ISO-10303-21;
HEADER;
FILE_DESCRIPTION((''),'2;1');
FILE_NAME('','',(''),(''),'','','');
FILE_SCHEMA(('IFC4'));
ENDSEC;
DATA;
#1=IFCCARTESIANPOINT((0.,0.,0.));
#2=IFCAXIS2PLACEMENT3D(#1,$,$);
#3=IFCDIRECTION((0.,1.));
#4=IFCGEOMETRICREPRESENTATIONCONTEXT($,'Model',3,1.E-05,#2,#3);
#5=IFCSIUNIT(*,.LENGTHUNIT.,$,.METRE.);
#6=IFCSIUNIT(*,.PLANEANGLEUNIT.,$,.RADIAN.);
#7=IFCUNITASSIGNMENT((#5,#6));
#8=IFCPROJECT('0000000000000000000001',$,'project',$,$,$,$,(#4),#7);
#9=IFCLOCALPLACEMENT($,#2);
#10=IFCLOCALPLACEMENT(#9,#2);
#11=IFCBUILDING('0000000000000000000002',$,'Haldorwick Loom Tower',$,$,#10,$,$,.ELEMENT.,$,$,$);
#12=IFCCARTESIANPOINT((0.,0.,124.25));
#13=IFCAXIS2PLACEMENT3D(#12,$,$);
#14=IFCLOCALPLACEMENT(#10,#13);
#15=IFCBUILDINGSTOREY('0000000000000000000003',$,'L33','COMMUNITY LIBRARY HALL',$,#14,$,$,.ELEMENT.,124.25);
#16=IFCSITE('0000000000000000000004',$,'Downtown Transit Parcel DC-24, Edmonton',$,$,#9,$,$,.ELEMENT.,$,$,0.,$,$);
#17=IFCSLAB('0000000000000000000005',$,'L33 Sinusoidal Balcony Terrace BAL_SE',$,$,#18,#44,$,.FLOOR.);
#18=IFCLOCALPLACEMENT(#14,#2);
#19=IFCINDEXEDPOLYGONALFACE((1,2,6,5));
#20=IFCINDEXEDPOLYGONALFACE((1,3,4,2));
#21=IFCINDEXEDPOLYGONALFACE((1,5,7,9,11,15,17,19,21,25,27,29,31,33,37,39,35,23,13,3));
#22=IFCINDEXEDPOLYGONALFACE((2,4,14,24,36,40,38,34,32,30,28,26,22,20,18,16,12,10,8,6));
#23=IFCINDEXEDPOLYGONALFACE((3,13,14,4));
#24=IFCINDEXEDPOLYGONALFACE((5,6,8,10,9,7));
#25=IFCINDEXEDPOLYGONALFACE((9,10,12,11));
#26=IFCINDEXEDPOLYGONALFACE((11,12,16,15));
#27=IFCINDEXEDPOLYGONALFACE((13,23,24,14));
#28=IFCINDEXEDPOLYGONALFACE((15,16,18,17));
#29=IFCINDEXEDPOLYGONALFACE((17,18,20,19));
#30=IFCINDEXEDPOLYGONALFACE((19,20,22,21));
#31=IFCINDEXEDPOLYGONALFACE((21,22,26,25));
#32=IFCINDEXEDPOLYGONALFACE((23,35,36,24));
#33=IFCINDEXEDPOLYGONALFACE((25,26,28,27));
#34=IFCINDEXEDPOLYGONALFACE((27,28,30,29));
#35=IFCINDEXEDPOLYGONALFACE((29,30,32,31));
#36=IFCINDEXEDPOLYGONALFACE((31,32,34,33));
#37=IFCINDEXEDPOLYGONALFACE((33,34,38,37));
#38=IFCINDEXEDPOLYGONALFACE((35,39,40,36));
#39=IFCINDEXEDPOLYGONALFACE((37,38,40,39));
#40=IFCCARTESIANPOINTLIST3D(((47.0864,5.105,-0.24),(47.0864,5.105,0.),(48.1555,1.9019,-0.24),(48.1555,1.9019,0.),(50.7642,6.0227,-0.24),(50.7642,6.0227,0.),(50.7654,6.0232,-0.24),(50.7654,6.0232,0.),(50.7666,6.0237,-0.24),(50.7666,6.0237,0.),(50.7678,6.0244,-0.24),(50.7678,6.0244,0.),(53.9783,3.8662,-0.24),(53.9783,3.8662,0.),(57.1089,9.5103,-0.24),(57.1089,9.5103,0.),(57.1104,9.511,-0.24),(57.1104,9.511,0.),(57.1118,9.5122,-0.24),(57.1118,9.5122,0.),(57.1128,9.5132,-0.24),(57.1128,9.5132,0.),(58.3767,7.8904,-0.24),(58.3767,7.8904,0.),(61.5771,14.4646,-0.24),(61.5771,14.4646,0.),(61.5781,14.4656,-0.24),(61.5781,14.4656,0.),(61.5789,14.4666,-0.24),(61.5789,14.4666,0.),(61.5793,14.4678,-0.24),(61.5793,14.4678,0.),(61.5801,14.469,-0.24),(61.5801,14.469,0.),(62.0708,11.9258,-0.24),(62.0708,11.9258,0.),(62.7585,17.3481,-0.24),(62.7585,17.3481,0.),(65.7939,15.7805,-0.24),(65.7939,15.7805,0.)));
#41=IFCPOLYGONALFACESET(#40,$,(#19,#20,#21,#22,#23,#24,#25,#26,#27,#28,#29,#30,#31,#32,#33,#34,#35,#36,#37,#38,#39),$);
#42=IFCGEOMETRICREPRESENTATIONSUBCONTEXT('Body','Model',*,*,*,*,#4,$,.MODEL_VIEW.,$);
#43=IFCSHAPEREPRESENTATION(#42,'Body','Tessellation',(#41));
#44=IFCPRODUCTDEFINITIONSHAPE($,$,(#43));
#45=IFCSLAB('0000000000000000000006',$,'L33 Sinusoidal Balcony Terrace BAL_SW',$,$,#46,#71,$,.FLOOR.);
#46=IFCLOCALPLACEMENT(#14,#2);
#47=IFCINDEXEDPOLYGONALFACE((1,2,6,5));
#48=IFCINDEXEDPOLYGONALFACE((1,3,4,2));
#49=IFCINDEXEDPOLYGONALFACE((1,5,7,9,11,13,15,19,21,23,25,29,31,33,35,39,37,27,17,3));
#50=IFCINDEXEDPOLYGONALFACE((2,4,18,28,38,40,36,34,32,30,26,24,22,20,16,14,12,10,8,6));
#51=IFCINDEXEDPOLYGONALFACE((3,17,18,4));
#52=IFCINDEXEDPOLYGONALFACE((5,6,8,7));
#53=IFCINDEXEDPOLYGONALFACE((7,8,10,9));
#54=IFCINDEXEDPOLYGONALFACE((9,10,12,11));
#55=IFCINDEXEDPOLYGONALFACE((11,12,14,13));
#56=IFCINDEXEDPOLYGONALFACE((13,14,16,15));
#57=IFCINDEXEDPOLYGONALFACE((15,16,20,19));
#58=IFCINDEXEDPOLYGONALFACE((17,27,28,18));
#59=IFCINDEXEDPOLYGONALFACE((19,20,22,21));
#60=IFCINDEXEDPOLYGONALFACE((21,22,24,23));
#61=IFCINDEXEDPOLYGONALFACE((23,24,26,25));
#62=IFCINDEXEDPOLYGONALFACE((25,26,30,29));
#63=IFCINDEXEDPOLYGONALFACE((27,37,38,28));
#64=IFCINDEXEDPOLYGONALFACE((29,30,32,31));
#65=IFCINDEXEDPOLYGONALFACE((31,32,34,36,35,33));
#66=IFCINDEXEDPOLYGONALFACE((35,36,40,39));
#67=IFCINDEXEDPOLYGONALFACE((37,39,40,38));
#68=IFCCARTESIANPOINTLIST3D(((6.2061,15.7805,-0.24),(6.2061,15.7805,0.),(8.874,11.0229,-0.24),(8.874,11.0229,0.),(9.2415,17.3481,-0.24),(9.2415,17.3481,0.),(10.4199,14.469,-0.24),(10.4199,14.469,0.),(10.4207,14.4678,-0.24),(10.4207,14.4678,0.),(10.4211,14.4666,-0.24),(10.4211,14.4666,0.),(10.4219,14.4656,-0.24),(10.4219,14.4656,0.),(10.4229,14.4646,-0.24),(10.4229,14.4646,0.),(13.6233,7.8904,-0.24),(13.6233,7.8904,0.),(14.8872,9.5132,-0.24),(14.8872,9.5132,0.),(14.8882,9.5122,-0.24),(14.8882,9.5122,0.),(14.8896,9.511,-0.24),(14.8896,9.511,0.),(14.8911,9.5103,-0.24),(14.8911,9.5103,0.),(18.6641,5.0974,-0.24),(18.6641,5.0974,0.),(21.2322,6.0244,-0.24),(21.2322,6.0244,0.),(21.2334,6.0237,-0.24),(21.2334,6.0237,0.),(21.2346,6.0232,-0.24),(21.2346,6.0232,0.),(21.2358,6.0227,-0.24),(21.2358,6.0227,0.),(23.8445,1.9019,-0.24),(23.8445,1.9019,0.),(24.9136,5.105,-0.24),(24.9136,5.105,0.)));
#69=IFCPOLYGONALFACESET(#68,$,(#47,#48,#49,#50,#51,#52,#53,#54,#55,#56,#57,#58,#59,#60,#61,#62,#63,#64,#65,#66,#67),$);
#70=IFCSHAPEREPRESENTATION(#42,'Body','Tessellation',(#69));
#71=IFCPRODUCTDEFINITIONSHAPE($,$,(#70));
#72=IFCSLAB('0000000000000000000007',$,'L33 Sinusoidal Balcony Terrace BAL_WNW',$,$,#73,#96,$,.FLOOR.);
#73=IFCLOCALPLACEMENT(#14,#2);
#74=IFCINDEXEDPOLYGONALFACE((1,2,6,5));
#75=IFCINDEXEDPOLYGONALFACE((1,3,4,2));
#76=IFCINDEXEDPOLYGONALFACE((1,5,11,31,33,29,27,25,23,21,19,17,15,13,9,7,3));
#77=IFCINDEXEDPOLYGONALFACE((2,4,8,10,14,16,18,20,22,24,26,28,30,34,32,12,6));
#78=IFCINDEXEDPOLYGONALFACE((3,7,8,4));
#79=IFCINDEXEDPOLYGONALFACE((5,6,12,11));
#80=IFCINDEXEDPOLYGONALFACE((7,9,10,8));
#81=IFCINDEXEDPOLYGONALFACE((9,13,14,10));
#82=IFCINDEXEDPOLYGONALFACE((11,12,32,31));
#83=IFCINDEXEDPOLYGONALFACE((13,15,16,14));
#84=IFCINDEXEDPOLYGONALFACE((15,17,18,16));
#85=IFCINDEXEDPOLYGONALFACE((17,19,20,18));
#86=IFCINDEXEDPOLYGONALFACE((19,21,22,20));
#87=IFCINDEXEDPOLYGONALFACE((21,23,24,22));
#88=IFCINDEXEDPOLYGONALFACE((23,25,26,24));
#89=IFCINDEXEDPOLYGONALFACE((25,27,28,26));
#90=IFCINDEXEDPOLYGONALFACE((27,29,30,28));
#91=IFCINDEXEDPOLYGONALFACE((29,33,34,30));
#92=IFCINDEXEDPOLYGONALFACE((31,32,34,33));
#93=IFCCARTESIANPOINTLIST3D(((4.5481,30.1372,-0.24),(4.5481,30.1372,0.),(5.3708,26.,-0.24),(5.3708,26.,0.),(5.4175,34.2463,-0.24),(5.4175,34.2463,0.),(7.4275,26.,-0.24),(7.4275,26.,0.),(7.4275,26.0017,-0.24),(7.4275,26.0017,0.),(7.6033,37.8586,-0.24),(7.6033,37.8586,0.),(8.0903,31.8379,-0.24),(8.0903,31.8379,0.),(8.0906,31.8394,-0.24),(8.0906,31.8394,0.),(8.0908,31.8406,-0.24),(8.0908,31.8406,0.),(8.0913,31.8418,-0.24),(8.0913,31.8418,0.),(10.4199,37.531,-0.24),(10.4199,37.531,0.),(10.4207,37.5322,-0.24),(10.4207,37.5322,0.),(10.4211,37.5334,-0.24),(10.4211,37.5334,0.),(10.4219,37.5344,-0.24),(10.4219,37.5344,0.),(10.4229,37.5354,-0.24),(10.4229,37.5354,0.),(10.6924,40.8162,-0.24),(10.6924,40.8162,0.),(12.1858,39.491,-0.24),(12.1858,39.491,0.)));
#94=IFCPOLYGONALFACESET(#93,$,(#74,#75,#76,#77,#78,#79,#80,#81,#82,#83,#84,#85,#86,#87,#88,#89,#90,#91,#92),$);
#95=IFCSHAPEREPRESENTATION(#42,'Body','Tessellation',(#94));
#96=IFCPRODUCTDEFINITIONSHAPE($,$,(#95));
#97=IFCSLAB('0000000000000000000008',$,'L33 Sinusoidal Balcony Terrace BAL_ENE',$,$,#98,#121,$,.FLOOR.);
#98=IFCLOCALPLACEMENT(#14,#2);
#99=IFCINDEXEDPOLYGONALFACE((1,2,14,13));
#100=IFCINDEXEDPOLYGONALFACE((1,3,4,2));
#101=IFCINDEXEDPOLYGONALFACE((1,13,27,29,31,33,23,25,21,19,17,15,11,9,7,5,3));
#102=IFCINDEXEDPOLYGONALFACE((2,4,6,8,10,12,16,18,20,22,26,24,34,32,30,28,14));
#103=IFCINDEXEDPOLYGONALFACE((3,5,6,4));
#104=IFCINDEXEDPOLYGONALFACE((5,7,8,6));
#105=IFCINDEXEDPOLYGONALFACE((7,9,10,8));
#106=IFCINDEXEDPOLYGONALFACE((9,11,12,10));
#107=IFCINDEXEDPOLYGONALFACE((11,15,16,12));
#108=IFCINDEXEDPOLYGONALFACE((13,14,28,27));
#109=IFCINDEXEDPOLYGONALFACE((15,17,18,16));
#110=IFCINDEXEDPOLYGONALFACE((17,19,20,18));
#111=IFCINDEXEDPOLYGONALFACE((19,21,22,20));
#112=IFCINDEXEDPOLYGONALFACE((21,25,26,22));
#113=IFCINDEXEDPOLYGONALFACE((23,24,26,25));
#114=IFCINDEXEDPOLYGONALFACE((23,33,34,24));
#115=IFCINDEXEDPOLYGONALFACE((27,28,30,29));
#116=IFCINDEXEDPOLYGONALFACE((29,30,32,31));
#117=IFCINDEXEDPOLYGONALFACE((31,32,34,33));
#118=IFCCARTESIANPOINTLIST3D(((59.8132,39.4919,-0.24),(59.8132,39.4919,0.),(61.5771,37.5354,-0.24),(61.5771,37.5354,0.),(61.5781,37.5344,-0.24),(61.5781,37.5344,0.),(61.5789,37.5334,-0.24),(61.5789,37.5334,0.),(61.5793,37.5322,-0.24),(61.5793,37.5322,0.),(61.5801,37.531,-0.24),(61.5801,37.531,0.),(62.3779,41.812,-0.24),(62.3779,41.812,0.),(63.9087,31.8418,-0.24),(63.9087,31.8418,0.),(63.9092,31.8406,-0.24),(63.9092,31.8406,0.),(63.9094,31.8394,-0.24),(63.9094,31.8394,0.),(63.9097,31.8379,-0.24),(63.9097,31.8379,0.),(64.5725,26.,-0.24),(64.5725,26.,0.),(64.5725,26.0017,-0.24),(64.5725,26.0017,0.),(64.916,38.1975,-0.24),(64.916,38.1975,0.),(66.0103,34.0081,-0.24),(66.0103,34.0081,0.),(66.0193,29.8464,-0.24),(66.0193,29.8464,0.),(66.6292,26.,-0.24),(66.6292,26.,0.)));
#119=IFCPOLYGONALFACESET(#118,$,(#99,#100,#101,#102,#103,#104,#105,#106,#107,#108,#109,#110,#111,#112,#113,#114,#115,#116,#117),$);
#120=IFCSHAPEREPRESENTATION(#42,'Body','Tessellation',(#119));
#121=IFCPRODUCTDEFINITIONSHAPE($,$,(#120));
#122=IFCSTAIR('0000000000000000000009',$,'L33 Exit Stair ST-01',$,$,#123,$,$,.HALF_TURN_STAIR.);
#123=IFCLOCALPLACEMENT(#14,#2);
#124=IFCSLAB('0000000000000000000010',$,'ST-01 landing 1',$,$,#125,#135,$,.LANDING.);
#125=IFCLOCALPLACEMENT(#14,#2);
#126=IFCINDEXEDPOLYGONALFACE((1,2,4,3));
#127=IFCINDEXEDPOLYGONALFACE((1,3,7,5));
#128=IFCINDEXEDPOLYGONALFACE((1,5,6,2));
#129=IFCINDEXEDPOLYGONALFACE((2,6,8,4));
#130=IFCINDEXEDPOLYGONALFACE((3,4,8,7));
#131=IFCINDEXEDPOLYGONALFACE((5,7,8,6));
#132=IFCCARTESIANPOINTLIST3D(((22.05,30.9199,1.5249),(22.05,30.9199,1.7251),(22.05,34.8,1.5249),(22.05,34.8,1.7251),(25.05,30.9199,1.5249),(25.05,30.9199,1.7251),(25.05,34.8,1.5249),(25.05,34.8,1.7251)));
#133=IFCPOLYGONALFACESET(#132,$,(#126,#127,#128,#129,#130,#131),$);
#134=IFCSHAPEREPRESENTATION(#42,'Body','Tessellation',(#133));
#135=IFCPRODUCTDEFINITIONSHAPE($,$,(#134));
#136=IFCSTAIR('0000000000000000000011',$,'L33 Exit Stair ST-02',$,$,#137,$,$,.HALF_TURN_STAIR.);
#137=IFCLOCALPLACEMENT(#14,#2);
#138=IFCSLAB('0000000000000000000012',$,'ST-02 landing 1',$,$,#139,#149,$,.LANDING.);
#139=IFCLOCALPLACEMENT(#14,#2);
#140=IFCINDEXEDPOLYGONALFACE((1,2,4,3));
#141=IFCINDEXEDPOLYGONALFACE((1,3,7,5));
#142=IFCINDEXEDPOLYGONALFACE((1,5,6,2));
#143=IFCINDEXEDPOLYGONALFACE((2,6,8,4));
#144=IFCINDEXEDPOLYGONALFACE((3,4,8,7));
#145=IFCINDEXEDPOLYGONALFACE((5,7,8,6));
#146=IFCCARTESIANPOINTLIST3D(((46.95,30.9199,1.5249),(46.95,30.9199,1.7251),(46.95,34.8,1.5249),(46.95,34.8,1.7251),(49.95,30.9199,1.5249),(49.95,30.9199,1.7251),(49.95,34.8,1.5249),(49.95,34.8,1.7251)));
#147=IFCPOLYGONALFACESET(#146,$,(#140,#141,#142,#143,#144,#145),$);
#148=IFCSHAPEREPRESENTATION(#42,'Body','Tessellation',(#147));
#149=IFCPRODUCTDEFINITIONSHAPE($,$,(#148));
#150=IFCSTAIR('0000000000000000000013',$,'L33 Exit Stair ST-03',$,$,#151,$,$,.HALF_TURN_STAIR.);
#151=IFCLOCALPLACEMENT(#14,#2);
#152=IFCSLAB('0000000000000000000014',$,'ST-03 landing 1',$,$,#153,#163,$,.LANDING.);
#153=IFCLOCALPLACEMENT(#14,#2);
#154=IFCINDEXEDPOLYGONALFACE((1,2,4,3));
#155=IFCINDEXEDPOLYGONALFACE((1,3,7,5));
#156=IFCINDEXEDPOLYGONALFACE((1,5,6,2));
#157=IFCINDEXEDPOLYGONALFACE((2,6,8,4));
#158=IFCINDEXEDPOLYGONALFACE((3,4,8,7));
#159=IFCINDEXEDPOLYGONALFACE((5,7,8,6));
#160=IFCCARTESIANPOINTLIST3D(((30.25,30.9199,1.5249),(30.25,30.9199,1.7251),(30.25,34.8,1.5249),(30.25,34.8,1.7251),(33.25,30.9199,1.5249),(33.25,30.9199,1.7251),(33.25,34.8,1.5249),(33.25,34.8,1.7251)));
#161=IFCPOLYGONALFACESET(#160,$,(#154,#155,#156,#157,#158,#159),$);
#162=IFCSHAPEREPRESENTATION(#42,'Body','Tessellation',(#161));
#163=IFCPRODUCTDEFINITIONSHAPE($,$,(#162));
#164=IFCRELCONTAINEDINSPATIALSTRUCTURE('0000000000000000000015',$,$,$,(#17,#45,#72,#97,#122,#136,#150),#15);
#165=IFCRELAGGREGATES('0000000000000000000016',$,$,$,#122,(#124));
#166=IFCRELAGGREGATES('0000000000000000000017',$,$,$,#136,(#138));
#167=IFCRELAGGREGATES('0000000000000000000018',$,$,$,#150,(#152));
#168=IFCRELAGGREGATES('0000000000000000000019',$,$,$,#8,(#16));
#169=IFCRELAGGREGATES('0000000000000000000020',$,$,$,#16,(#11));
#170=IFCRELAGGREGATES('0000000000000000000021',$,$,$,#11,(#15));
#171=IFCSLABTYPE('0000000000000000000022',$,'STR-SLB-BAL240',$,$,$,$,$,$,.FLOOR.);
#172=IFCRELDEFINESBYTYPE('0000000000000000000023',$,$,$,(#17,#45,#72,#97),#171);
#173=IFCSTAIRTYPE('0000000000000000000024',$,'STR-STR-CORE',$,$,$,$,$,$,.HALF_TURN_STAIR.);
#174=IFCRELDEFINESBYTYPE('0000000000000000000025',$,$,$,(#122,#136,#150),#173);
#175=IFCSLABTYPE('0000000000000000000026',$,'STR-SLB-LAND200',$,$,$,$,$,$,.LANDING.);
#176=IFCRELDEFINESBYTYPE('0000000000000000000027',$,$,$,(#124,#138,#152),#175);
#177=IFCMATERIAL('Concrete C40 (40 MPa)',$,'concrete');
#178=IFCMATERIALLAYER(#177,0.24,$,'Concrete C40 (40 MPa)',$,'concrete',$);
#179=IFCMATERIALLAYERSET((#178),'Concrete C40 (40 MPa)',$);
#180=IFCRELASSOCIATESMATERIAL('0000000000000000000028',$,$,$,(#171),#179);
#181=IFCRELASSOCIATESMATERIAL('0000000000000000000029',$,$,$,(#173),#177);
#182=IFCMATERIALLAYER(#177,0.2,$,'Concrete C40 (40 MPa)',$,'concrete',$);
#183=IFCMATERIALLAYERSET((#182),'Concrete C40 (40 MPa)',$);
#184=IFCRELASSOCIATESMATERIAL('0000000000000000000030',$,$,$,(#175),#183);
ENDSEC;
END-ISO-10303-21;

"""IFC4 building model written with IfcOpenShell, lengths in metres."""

from ifc_helpers import new_model, si_unit, direction, frame, origin, place, context, subcontext, project, spatial, polyline, outline, extrude, material, layer, layer_set, type_object, element, aggregate, save


model = new_model("IFC4")

# Units and contexts
model_context = context("Model", 3, precision=1e-05, world=origin(), true_north=direction((0.0, 1.0)))
body_context = subcontext(model_context, "Body", "Model", "MODEL_VIEW")
ifc_project = project(units=[si_unit("LENGTHUNIT", "METRE"), si_unit("PLANEANGLEUNIT", "RADIAN")], contexts=[model_context])

# Site, building, storey
site_placement = place(None, origin())
site = spatial("IfcSite", under=ifc_project, at=site_placement, Name="Downtown Transit Parcel DC-24, Edmonton", CompositionType="ELEMENT", RefElevation=0.0)
building_placement = place(site_placement, origin())
building = spatial("IfcBuilding", under=site, at=building_placement, Name="Haldorwick Loom Tower", CompositionType="ELEMENT")
storey_placement = place(building_placement, frame((0.0, 0.0, 124.25)))
storey = spatial("IfcBuildingStorey", under=building, at=storey_placement, Name="L33", Description="COMMUNITY LIBRARY HALL", CompositionType="ELEMENT", Elevation=124.25)

# Slabs
ifc_material_1 = material(Name="Concrete C40 (40 MPa)", Category="concrete")
ifc_layer_1 = layer(ifc_material_1, 0.24, Name="Concrete C40 (40 MPa)", Category="concrete")
ifc_layer_set_1 = layer_set([ifc_layer_1], Name="Concrete C40 (40 MPa)")
slab_type_1 = type_object("IfcSlabType", Name="STR-SLB-BAL240", PredefinedType="FLOOR", material=ifc_layer_set_1)
slab_1_placement = place(storey_placement, frame((0.0, 0.0, -0.24)))
element("IfcSlab", 1, at=slab_1_placement, inside=storey, type_object=slab_type_1, Name="L33 Sinusoidal Balcony Terrace BAL_SE", PredefinedType="FLOOR", context=body_context, shape_type="SweptSolid", body=[
    extrude(outline(polyline([(62.7585, 17.3481), (61.5801, 14.469), (61.5793, 14.4678), (61.5789, 14.4666), (61.5781, 14.4656), (61.5771, 14.4646), (57.1128, 9.5132), (57.1118, 9.5122), (57.1104, 9.511), (57.1089, 9.5103), (50.7678, 6.0244), (50.7666, 6.0237), (50.7654, 6.0232), (50.7642, 6.0227), (47.0864, 5.105), (48.1555, 1.9019), (53.9783, 3.8662), (58.3767, 7.8904), (62.0708, 11.9258), (65.7939, 15.7805), (62.7585, 17.3481)])), origin(), (0.0, 0.0, 1.0), 0.24),
])
slab_2_placement = place(storey_placement, frame((0.0, 0.0, -0.24)))
element("IfcSlab", 2, at=slab_2_placement, inside=storey, type_object=slab_type_1, Name="L33 Sinusoidal Balcony Terrace BAL_SW", PredefinedType="FLOOR", context=body_context, shape_type="SweptSolid", body=[
    extrude(outline(polyline([(24.9136, 5.105), (21.2358, 6.0227), (21.2346, 6.0232), (21.2334, 6.0237), (21.2322, 6.0244), (14.8911, 9.5103), (14.8896, 9.511), (14.8882, 9.5122), (14.8872, 9.5132), (10.4229, 14.4646), (10.4219, 14.4656), (10.4211, 14.4666), (10.4207, 14.4678), (10.4199, 14.469), (9.2415, 17.3481), (6.2061, 15.7805), (8.874, 11.0229), (13.6233, 7.8904), (18.6641, 5.0974), (23.8445, 1.9019), (24.9136, 5.105)])), origin(), (0.0, 0.0, 1.0), 0.24),
])
slab_3_placement = place(storey_placement, frame((0.0, 0.0, -0.24)))
element("IfcSlab", 3, at=slab_3_placement, inside=storey, type_object=slab_type_1, Name="L33 Sinusoidal Balcony Terrace BAL_WNW", PredefinedType="FLOOR", context=body_context, shape_type="SweptSolid", body=[
    extrude(outline(polyline([(7.4275, 26.0), (7.4275, 26.0017), (8.0903, 31.8379), (8.0906, 31.8394), (8.0908, 31.8406), (8.0913, 31.8418), (10.4199, 37.531), (10.4207, 37.5322), (10.4211, 37.5334), (10.4219, 37.5344), (10.4229, 37.5354), (12.1858, 39.491), (10.6924, 40.8162), (7.6033, 37.8586), (5.4175, 34.2463), (4.5481, 30.1372), (5.3708, 26.0), (7.4275, 26.0)])), origin(), (0.0, 0.0, 1.0), 0.24),
])
slab_4_placement = place(storey_placement, frame((0.0, 0.0, -0.24)))
element("IfcSlab", 4, at=slab_4_placement, inside=storey, type_object=slab_type_1, Name="L33 Sinusoidal Balcony Terrace BAL_ENE", PredefinedType="FLOOR", context=body_context, shape_type="SweptSolid", body=[
    extrude(outline(polyline([(59.8132, 39.4919), (61.5771, 37.5354), (61.5781, 37.5344), (61.5789, 37.5334), (61.5793, 37.5322), (61.5801, 37.531), (63.9087, 31.8418), (63.9092, 31.8406), (63.9094, 31.8394), (63.9097, 31.8379), (64.5725, 26.0017), (64.5725, 26.0), (66.6292, 26.0), (66.0193, 29.8464), (66.0103, 34.0081), (64.916, 38.1975), (62.3779, 41.812), (59.8132, 39.4919)])), origin(), (0.0, 0.0, 1.0), 0.24),
])

# Stairs, slabs
stair_type = type_object("IfcStairType", Name="STR-STR-CORE", PredefinedType="HALF_TURN_STAIR", material=ifc_material_1)
stair_1_placement = place(storey_placement, origin())
stair_1 = element("IfcStair", 5, at=stair_1_placement, inside=storey, type_object=stair_type, Name="L33 Exit Stair ST-01", PredefinedType="HALF_TURN_STAIR")
ifc_layer_2 = layer(ifc_material_1, 0.2, Name="Concrete C40 (40 MPa)", Category="concrete")
ifc_layer_set_2 = layer_set([ifc_layer_2], Name="Concrete C40 (40 MPa)")
slab_type_2 = type_object("IfcSlabType", Name="STR-SLB-LAND200", PredefinedType="LANDING", material=ifc_layer_set_2)
slab_5_placement = place(storey_placement, frame((0.0, 0.0, 1.5249)))
slab_5 = element("IfcSlab", 6, at=slab_5_placement, type_object=slab_type_2, Name="ST-01 landing 1", PredefinedType="LANDING", context=body_context, shape_type="SweptSolid", body=[
    extrude(outline(polyline([(25.05, 30.9199), (25.05, 34.8), (22.05, 34.8), (22.05, 30.9199), (25.05, 30.9199)])), origin(), (0.0, 0.0, 1.0), 0.2002),
])
aggregate(stair_1, [slab_5])
stair_2_placement = place(storey_placement, origin())
stair_2 = element("IfcStair", 7, at=stair_2_placement, inside=storey, type_object=stair_type, Name="L33 Exit Stair ST-02", PredefinedType="HALF_TURN_STAIR")
slab_6_placement = place(storey_placement, frame((0.0, 0.0, 1.5249)))
slab_6 = element("IfcSlab", 8, at=slab_6_placement, type_object=slab_type_2, Name="ST-02 landing 1", PredefinedType="LANDING", context=body_context, shape_type="SweptSolid", body=[
    extrude(outline(polyline([(49.95, 30.9199), (49.95, 34.8), (46.95, 34.8), (46.95, 30.9199), (49.95, 30.9199)])), origin(), (0.0, 0.0, 1.0), 0.2002),
])
aggregate(stair_2, [slab_6])
stair_3_placement = place(storey_placement, origin())
stair_3 = element("IfcStair", 9, at=stair_3_placement, inside=storey, type_object=stair_type, Name="L33 Exit Stair ST-03", PredefinedType="HALF_TURN_STAIR")
slab_7_placement = place(storey_placement, frame((0.0, 0.0, 1.5249)))
slab_7 = element("IfcSlab", 10, at=slab_7_placement, type_object=slab_type_2, Name="ST-03 landing 1", PredefinedType="LANDING", context=body_context, shape_type="SweptSolid", body=[
    extrude(outline(polyline([(33.25, 30.9199), (33.25, 34.8), (30.25, 34.8), (30.25, 30.9199), (33.25, 30.9199)])), origin(), (0.0, 0.0, 1.0), 0.2002),
])
aggregate(stair_3, [slab_7])

save(model, "model.ifc")
